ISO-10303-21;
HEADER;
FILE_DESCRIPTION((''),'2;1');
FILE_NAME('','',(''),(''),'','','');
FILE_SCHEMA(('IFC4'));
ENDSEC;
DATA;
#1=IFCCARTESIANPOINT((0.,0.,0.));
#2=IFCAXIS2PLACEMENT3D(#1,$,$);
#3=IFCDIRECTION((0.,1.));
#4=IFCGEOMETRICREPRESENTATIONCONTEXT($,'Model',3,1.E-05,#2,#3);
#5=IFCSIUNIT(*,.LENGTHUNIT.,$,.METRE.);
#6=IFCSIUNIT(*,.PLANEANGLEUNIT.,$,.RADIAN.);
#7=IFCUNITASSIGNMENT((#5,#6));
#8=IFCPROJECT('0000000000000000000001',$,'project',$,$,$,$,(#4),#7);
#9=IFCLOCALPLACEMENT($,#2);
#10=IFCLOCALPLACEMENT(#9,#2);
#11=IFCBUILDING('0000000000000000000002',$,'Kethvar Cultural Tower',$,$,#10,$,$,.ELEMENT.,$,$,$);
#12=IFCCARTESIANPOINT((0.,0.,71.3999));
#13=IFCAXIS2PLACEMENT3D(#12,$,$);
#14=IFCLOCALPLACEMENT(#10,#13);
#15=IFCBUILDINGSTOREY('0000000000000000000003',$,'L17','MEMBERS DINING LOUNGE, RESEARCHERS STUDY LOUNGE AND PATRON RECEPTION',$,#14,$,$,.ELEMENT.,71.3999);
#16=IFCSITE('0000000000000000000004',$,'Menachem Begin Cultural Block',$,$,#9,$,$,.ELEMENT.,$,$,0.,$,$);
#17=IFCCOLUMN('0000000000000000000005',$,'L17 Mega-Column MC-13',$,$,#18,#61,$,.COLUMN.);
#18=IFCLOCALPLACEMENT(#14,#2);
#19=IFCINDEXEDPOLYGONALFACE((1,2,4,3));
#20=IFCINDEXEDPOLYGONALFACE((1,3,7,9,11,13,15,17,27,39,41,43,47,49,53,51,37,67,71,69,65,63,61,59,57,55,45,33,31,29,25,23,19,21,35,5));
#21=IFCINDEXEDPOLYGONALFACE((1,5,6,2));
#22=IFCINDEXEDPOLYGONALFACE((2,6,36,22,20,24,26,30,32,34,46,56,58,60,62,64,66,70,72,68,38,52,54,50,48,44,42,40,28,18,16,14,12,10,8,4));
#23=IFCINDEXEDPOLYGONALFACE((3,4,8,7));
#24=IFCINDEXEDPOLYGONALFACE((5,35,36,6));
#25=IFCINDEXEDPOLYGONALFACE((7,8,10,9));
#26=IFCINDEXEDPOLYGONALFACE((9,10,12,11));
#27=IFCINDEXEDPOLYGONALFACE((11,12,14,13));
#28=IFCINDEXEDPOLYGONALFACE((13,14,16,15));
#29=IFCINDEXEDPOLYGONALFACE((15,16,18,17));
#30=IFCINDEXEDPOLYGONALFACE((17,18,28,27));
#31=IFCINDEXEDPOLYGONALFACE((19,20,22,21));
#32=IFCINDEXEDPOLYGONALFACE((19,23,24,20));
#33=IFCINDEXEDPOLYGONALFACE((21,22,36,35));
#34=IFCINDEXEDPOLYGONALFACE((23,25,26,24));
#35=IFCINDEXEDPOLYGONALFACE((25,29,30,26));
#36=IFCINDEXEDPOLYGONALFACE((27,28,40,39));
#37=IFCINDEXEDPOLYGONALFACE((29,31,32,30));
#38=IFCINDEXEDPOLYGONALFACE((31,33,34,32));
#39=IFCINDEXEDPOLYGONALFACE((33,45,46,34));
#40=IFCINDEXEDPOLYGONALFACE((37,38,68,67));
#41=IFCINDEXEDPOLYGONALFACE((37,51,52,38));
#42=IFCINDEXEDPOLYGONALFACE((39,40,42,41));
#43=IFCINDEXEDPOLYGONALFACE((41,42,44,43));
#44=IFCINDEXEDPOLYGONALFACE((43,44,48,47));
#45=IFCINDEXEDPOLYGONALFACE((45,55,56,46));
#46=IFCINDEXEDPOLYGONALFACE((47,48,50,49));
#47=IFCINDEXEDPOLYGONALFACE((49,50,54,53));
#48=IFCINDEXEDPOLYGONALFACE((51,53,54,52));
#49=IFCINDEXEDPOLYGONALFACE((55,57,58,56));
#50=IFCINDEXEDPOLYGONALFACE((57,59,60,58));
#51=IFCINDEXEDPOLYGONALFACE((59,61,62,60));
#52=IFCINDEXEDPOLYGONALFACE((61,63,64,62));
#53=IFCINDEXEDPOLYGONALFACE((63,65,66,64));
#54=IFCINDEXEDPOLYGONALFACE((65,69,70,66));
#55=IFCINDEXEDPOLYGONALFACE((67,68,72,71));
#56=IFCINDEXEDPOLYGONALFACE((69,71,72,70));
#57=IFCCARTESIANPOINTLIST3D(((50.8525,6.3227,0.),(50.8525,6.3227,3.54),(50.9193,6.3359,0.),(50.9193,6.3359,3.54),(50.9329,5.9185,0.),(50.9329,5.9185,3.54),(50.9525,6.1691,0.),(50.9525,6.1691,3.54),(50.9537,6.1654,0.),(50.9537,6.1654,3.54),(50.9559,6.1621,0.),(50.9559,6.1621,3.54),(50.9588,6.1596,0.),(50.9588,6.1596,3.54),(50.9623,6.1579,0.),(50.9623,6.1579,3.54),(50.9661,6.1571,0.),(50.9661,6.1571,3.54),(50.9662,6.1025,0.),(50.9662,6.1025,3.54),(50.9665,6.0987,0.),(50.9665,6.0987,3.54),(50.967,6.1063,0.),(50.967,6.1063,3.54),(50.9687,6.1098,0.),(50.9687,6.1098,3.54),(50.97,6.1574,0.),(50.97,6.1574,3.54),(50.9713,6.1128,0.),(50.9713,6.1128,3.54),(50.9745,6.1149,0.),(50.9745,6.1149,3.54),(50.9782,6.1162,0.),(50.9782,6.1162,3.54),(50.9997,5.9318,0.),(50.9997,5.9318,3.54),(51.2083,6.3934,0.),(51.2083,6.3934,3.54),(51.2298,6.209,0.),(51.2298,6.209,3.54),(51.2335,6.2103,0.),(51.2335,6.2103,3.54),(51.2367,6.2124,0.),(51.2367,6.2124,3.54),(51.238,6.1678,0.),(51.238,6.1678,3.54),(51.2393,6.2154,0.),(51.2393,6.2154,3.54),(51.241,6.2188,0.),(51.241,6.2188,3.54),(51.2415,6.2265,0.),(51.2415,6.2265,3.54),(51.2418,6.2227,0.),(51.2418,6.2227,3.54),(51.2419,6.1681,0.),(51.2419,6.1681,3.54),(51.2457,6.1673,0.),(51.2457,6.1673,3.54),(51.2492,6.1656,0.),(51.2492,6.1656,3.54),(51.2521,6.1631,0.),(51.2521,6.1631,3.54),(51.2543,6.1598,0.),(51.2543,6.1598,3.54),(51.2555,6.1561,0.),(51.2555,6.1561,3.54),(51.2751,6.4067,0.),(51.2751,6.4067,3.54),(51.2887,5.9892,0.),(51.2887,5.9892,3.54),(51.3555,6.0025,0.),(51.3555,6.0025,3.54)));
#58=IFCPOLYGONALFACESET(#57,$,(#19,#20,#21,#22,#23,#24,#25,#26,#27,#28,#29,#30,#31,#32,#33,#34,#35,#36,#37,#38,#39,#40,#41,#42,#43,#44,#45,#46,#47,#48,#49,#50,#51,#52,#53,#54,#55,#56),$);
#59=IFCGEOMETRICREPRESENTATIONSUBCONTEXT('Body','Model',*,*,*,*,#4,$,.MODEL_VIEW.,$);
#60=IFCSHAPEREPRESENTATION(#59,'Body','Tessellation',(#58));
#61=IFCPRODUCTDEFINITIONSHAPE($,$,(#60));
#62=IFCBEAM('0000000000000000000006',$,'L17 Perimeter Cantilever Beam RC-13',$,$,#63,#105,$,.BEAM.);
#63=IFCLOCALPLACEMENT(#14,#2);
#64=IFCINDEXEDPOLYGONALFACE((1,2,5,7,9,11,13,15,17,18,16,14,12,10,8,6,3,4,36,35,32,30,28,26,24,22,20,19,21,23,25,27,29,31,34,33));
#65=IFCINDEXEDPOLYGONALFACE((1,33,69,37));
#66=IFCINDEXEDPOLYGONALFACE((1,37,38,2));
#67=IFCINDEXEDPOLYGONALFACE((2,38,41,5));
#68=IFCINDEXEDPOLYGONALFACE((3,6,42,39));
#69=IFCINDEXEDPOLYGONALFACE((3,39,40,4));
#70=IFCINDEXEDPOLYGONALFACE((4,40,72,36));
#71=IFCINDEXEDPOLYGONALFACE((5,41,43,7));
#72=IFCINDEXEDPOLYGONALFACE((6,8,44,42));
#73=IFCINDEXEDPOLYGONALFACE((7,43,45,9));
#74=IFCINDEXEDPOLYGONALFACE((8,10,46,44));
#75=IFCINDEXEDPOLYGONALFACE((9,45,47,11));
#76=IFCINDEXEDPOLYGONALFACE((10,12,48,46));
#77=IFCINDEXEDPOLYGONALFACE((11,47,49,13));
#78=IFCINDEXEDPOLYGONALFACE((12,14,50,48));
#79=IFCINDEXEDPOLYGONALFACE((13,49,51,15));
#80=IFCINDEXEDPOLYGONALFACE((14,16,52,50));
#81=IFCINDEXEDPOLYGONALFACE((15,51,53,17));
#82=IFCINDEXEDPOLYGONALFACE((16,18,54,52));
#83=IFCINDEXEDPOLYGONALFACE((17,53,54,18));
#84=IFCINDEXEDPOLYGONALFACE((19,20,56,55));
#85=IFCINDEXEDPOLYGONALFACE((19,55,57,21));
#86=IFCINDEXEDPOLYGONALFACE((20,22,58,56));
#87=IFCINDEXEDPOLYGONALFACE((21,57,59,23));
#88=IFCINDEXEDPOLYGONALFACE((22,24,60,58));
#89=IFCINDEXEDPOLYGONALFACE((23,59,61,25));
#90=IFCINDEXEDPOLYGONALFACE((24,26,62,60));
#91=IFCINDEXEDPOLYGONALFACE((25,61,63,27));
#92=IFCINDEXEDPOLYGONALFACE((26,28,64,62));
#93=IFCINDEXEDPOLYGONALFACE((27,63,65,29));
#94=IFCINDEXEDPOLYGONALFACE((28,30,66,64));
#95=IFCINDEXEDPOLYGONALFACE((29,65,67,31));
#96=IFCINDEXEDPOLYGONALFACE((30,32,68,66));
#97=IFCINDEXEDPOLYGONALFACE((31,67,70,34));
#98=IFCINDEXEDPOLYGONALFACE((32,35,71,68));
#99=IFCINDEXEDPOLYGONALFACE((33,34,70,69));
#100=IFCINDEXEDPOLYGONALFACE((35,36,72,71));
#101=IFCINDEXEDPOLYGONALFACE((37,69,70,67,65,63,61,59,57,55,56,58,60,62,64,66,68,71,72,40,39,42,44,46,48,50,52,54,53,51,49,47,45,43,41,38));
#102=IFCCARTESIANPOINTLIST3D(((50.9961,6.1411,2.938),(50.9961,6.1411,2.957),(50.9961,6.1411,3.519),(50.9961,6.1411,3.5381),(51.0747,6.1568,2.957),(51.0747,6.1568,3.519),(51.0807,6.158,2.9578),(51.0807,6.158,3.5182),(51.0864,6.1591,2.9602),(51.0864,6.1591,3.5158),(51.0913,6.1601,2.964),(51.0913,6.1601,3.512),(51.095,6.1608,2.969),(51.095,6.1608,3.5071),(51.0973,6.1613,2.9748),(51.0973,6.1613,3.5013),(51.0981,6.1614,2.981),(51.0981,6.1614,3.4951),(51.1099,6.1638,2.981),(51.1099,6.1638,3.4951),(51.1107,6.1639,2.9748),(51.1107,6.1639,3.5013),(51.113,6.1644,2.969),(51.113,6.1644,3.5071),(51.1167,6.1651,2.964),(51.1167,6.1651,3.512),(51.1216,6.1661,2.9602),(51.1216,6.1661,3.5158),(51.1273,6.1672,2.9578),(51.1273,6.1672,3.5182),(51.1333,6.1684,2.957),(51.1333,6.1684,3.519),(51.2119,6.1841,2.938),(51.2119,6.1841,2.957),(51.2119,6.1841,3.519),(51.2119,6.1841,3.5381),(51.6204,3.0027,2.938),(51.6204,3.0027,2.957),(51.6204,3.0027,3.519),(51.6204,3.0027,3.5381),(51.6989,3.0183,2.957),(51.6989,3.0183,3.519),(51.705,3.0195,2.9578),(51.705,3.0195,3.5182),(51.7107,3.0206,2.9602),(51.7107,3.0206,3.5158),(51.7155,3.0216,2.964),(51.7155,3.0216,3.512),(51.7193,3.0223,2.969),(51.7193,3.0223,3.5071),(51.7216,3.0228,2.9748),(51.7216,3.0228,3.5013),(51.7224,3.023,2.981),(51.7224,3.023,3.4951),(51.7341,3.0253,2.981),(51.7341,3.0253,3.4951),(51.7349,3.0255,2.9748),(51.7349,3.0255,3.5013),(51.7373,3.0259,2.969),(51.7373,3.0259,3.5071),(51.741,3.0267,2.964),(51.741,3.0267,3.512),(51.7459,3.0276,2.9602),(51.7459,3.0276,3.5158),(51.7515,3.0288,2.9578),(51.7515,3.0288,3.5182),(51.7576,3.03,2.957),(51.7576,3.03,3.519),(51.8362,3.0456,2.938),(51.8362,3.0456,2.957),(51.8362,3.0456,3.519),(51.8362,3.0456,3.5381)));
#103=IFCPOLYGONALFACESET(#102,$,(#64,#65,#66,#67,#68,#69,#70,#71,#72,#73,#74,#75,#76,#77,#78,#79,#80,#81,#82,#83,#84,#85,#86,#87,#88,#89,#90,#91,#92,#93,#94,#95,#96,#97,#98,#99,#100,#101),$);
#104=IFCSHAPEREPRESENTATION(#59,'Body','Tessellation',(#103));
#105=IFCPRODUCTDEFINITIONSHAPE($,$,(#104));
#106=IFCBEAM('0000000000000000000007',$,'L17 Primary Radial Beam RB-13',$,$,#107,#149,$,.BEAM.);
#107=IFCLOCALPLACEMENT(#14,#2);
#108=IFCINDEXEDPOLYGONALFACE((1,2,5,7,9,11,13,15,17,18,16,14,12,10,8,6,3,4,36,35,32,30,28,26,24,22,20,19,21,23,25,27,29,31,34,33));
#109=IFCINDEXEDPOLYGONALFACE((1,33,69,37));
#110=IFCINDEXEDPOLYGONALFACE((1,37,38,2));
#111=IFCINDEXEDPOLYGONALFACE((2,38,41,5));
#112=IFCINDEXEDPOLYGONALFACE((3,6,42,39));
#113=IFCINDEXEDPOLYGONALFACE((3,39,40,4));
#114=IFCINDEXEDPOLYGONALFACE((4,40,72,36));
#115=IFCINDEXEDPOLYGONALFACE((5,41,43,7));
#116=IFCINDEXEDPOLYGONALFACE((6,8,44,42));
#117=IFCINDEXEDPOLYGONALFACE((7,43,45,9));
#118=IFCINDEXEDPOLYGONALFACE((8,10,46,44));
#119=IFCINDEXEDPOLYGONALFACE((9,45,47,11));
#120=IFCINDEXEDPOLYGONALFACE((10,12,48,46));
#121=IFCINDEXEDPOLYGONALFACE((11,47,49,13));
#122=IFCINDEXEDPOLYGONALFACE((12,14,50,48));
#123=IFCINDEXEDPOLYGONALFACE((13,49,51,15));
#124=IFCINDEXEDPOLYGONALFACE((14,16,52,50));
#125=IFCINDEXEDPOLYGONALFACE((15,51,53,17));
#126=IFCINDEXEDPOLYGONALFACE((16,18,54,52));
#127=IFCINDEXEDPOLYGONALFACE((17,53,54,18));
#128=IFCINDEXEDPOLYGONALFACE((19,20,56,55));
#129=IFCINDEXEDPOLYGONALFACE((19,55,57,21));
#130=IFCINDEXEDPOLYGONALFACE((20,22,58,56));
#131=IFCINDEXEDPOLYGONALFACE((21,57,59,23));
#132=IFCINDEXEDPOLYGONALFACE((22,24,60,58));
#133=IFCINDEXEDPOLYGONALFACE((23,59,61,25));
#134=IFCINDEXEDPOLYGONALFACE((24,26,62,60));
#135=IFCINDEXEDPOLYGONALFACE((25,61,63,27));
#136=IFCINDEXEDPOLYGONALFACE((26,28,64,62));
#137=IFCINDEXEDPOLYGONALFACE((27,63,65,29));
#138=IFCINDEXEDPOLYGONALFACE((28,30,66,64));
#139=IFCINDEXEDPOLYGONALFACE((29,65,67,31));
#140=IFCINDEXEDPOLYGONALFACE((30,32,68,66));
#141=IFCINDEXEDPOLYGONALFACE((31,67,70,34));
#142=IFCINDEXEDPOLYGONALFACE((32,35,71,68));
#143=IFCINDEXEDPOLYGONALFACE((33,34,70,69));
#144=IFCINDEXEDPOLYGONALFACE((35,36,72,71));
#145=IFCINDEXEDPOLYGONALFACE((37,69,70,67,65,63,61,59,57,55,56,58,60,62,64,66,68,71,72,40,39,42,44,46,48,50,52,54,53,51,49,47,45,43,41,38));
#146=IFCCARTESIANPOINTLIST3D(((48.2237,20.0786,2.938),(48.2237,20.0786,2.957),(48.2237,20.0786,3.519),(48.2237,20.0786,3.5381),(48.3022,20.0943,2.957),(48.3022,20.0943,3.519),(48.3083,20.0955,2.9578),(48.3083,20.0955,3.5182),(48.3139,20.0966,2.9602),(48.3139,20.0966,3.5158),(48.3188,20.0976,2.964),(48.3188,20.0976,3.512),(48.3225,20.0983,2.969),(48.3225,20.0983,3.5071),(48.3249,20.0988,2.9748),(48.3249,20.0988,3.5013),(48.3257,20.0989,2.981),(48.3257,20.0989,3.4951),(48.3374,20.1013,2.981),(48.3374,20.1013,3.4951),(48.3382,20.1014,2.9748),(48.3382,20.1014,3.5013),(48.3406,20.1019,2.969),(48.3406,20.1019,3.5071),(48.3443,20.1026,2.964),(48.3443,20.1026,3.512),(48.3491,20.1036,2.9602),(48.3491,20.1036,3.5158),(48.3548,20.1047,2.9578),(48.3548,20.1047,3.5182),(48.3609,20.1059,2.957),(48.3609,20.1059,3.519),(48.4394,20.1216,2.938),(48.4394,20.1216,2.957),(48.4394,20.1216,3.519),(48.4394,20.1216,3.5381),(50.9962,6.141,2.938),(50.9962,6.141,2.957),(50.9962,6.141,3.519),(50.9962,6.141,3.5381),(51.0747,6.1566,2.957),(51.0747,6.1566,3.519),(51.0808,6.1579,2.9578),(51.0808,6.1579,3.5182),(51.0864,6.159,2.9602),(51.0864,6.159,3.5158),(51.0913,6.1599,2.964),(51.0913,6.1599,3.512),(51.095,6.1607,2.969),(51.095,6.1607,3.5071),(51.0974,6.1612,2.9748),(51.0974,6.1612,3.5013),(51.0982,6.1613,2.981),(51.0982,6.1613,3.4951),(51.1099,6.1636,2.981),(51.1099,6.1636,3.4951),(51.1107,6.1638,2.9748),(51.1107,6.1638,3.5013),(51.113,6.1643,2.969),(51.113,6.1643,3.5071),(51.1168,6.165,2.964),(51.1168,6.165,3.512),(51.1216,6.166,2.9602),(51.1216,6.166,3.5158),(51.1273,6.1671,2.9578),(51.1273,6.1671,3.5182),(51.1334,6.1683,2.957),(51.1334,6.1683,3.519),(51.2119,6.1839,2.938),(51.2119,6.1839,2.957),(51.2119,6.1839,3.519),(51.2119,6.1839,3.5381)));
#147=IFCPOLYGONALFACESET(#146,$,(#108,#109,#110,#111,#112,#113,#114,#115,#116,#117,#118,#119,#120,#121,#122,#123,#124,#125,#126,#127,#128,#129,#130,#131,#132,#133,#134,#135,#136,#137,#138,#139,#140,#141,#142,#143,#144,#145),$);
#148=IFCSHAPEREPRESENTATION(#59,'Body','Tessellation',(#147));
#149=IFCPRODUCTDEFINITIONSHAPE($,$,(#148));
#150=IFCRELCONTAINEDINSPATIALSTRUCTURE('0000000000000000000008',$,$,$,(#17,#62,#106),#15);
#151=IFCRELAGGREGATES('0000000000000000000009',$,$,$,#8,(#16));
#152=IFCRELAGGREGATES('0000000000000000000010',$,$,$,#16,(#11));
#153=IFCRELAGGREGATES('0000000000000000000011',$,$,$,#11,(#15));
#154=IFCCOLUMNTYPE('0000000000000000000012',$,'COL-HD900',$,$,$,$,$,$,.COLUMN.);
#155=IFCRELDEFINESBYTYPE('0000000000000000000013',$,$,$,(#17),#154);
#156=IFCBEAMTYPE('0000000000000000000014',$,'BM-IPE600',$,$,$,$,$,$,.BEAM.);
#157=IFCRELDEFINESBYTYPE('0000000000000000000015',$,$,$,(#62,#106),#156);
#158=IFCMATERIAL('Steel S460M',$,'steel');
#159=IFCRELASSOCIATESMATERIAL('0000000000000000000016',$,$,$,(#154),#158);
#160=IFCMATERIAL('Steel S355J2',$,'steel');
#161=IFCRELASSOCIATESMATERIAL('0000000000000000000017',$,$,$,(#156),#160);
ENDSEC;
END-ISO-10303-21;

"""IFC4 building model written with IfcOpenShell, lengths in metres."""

from ifc_helpers import new_model, si_unit, direction, frame, origin, origin_2d, place, context, subcontext, project, spatial, i_section, extrude, source, transform, mapped, material, material_profile, profile_set, type_object, element, save


model = new_model("IFC4")

# Units and contexts
model_context = context("Model", 3, precision=1e-05, world=origin(), true_north=direction((0.0, 1.0)))
body_context = subcontext(model_context, "Body", "Model", "MODEL_VIEW")
ifc_project = project(units=[si_unit("LENGTHUNIT", "METRE"), si_unit("PLANEANGLEUNIT", "RADIAN")], contexts=[model_context])

# Site, building, storey
site_placement = place(None, origin())
site = spatial("IfcSite", under=ifc_project, at=site_placement, Name="Menachem Begin Cultural Block", CompositionType="ELEMENT", RefElevation=0.0)
building_placement = place(site_placement, origin())
building = spatial("IfcBuilding", under=site, at=building_placement, Name="Kethvar Cultural Tower", CompositionType="ELEMENT")
storey_placement = place(building_placement, frame((0.0, 0.0, 71.3999)))
storey = spatial("IfcBuildingStorey", under=building, at=storey_placement, Name="L17", Description="MEMBERS DINING LOUNGE, RESEARCHERS STUDY LOUNGE AND PATRON RECEPTION", CompositionType="ELEMENT", Elevation=71.3999)

# Column
ifc_material_1 = material(Name="Steel S460M", Category="steel")
ifc_material_profile_1 = material_profile(ifc_material_1, i_section(OverallWidth=0.4121, OverallDepth=0.4309, WebThickness=0.042, FlangeThickness=0.0681, FilletRadius=0.0149, at=origin_2d()), Name="Steel S460M — HD400x900")
ifc_profile_set_1 = profile_set([ifc_material_profile_1], Name="Steel S460M — HD400x900")
column_type = type_object("IfcColumnType", Name="COL-HD900", PredefinedType="COLUMN", material=ifc_profile_set_1)
shared_shape_1 = source(origin(), body_context, "Body", "SweptSolid", [
    extrude(i_section(OverallWidth=0.4121, OverallDepth=0.4309, WebThickness=0.042, FlangeThickness=0.0681, FilletRadius=0.0149, at=origin_2d()), origin(), (0.0, 0.0, 1.0), 3.54),
])
column_placement = place(storey_placement, frame((51.104, 6.1626, 0.0), z_axis=(0.0, 0.0, 1.0), x_axis=(0.19509, -0.980785, 0.0)))
element("IfcColumn", 1, at=column_placement, inside=storey, type_object=column_type, Name="L17 Mega-Column MC-13", PredefinedType="COLUMN", context=body_context, shape_type="MappedRepresentation", body=[
    mapped(shared_shape_1, transform((0.0, 0.0, 0.0), scale=1.0)),
])

# Beams
ifc_material_2 = material(Name="Steel S355J2", Category="steel")
ifc_material_profile_2 = material_profile(ifc_material_2, i_section(OverallWidth=0.22, OverallDepth=0.6001, WebThickness=0.012, FlangeThickness=0.019, FilletRadius=0.0239, at=origin_2d()), Name="Steel S355J2 — IPE600")
ifc_profile_set_2 = profile_set([ifc_material_profile_2], Name="Steel S355J2 — IPE600")
beam_type_1 = type_object("IfcBeamType", Name="BM-IPE600", PredefinedType="BEAM", material=ifc_profile_set_2)
shared_shape_2 = source(origin(), body_context, "Body", "SweptSolid", [
    extrude(i_section(OverallWidth=0.22, OverallDepth=0.6001, WebThickness=0.012, FlangeThickness=0.019, FilletRadius=0.0239, at=origin_2d()), origin(), (0.0, 0.0, 1.0), 3.2),
])
beam_1_placement = place(storey_placement, frame((51.104, 6.1626, 3.238), z_axis=(0.195089, -0.980786, 0.0), x_axis=(0.980786, 0.195089, 0.0)))
element("IfcBeam", 2, at=beam_1_placement, inside=storey, type_object=beam_type_1, Name="L17 Perimeter Cantilever Beam RC-13", PredefinedType="BEAM", context=body_context, shape_type="MappedRepresentation", body=[
    mapped(shared_shape_2, transform((0.0, 0.0, 0.0), scale=1.0)),
])
shared_shape_3 = source(origin(), body_context, "Body", "SweptSolid", [
    extrude(i_section(OverallWidth=0.22, OverallDepth=0.6001, WebThickness=0.012, FlangeThickness=0.019, FilletRadius=0.0239, at=origin_2d()), origin(), (0.0, 0.0, 1.0), 14.2107),
])
beam_2_placement = place(storey_placement, frame((48.3315, 20.1001, 3.238), z_axis=(0.195098, -0.980784, 0.0), x_axis=(0.980784, 0.195098, 0.0)))
element("IfcBeam", 3, at=beam_2_placement, inside=storey, type_object=beam_type_1, Name="L17 Primary Radial Beam RB-13", PredefinedType="BEAM", context=body_context, shape_type="MappedRepresentation", body=[
    mapped(shared_shape_3, transform((0.0, 0.0, 0.0), scale=1.0)),
])

save(model, "model.ifc")
